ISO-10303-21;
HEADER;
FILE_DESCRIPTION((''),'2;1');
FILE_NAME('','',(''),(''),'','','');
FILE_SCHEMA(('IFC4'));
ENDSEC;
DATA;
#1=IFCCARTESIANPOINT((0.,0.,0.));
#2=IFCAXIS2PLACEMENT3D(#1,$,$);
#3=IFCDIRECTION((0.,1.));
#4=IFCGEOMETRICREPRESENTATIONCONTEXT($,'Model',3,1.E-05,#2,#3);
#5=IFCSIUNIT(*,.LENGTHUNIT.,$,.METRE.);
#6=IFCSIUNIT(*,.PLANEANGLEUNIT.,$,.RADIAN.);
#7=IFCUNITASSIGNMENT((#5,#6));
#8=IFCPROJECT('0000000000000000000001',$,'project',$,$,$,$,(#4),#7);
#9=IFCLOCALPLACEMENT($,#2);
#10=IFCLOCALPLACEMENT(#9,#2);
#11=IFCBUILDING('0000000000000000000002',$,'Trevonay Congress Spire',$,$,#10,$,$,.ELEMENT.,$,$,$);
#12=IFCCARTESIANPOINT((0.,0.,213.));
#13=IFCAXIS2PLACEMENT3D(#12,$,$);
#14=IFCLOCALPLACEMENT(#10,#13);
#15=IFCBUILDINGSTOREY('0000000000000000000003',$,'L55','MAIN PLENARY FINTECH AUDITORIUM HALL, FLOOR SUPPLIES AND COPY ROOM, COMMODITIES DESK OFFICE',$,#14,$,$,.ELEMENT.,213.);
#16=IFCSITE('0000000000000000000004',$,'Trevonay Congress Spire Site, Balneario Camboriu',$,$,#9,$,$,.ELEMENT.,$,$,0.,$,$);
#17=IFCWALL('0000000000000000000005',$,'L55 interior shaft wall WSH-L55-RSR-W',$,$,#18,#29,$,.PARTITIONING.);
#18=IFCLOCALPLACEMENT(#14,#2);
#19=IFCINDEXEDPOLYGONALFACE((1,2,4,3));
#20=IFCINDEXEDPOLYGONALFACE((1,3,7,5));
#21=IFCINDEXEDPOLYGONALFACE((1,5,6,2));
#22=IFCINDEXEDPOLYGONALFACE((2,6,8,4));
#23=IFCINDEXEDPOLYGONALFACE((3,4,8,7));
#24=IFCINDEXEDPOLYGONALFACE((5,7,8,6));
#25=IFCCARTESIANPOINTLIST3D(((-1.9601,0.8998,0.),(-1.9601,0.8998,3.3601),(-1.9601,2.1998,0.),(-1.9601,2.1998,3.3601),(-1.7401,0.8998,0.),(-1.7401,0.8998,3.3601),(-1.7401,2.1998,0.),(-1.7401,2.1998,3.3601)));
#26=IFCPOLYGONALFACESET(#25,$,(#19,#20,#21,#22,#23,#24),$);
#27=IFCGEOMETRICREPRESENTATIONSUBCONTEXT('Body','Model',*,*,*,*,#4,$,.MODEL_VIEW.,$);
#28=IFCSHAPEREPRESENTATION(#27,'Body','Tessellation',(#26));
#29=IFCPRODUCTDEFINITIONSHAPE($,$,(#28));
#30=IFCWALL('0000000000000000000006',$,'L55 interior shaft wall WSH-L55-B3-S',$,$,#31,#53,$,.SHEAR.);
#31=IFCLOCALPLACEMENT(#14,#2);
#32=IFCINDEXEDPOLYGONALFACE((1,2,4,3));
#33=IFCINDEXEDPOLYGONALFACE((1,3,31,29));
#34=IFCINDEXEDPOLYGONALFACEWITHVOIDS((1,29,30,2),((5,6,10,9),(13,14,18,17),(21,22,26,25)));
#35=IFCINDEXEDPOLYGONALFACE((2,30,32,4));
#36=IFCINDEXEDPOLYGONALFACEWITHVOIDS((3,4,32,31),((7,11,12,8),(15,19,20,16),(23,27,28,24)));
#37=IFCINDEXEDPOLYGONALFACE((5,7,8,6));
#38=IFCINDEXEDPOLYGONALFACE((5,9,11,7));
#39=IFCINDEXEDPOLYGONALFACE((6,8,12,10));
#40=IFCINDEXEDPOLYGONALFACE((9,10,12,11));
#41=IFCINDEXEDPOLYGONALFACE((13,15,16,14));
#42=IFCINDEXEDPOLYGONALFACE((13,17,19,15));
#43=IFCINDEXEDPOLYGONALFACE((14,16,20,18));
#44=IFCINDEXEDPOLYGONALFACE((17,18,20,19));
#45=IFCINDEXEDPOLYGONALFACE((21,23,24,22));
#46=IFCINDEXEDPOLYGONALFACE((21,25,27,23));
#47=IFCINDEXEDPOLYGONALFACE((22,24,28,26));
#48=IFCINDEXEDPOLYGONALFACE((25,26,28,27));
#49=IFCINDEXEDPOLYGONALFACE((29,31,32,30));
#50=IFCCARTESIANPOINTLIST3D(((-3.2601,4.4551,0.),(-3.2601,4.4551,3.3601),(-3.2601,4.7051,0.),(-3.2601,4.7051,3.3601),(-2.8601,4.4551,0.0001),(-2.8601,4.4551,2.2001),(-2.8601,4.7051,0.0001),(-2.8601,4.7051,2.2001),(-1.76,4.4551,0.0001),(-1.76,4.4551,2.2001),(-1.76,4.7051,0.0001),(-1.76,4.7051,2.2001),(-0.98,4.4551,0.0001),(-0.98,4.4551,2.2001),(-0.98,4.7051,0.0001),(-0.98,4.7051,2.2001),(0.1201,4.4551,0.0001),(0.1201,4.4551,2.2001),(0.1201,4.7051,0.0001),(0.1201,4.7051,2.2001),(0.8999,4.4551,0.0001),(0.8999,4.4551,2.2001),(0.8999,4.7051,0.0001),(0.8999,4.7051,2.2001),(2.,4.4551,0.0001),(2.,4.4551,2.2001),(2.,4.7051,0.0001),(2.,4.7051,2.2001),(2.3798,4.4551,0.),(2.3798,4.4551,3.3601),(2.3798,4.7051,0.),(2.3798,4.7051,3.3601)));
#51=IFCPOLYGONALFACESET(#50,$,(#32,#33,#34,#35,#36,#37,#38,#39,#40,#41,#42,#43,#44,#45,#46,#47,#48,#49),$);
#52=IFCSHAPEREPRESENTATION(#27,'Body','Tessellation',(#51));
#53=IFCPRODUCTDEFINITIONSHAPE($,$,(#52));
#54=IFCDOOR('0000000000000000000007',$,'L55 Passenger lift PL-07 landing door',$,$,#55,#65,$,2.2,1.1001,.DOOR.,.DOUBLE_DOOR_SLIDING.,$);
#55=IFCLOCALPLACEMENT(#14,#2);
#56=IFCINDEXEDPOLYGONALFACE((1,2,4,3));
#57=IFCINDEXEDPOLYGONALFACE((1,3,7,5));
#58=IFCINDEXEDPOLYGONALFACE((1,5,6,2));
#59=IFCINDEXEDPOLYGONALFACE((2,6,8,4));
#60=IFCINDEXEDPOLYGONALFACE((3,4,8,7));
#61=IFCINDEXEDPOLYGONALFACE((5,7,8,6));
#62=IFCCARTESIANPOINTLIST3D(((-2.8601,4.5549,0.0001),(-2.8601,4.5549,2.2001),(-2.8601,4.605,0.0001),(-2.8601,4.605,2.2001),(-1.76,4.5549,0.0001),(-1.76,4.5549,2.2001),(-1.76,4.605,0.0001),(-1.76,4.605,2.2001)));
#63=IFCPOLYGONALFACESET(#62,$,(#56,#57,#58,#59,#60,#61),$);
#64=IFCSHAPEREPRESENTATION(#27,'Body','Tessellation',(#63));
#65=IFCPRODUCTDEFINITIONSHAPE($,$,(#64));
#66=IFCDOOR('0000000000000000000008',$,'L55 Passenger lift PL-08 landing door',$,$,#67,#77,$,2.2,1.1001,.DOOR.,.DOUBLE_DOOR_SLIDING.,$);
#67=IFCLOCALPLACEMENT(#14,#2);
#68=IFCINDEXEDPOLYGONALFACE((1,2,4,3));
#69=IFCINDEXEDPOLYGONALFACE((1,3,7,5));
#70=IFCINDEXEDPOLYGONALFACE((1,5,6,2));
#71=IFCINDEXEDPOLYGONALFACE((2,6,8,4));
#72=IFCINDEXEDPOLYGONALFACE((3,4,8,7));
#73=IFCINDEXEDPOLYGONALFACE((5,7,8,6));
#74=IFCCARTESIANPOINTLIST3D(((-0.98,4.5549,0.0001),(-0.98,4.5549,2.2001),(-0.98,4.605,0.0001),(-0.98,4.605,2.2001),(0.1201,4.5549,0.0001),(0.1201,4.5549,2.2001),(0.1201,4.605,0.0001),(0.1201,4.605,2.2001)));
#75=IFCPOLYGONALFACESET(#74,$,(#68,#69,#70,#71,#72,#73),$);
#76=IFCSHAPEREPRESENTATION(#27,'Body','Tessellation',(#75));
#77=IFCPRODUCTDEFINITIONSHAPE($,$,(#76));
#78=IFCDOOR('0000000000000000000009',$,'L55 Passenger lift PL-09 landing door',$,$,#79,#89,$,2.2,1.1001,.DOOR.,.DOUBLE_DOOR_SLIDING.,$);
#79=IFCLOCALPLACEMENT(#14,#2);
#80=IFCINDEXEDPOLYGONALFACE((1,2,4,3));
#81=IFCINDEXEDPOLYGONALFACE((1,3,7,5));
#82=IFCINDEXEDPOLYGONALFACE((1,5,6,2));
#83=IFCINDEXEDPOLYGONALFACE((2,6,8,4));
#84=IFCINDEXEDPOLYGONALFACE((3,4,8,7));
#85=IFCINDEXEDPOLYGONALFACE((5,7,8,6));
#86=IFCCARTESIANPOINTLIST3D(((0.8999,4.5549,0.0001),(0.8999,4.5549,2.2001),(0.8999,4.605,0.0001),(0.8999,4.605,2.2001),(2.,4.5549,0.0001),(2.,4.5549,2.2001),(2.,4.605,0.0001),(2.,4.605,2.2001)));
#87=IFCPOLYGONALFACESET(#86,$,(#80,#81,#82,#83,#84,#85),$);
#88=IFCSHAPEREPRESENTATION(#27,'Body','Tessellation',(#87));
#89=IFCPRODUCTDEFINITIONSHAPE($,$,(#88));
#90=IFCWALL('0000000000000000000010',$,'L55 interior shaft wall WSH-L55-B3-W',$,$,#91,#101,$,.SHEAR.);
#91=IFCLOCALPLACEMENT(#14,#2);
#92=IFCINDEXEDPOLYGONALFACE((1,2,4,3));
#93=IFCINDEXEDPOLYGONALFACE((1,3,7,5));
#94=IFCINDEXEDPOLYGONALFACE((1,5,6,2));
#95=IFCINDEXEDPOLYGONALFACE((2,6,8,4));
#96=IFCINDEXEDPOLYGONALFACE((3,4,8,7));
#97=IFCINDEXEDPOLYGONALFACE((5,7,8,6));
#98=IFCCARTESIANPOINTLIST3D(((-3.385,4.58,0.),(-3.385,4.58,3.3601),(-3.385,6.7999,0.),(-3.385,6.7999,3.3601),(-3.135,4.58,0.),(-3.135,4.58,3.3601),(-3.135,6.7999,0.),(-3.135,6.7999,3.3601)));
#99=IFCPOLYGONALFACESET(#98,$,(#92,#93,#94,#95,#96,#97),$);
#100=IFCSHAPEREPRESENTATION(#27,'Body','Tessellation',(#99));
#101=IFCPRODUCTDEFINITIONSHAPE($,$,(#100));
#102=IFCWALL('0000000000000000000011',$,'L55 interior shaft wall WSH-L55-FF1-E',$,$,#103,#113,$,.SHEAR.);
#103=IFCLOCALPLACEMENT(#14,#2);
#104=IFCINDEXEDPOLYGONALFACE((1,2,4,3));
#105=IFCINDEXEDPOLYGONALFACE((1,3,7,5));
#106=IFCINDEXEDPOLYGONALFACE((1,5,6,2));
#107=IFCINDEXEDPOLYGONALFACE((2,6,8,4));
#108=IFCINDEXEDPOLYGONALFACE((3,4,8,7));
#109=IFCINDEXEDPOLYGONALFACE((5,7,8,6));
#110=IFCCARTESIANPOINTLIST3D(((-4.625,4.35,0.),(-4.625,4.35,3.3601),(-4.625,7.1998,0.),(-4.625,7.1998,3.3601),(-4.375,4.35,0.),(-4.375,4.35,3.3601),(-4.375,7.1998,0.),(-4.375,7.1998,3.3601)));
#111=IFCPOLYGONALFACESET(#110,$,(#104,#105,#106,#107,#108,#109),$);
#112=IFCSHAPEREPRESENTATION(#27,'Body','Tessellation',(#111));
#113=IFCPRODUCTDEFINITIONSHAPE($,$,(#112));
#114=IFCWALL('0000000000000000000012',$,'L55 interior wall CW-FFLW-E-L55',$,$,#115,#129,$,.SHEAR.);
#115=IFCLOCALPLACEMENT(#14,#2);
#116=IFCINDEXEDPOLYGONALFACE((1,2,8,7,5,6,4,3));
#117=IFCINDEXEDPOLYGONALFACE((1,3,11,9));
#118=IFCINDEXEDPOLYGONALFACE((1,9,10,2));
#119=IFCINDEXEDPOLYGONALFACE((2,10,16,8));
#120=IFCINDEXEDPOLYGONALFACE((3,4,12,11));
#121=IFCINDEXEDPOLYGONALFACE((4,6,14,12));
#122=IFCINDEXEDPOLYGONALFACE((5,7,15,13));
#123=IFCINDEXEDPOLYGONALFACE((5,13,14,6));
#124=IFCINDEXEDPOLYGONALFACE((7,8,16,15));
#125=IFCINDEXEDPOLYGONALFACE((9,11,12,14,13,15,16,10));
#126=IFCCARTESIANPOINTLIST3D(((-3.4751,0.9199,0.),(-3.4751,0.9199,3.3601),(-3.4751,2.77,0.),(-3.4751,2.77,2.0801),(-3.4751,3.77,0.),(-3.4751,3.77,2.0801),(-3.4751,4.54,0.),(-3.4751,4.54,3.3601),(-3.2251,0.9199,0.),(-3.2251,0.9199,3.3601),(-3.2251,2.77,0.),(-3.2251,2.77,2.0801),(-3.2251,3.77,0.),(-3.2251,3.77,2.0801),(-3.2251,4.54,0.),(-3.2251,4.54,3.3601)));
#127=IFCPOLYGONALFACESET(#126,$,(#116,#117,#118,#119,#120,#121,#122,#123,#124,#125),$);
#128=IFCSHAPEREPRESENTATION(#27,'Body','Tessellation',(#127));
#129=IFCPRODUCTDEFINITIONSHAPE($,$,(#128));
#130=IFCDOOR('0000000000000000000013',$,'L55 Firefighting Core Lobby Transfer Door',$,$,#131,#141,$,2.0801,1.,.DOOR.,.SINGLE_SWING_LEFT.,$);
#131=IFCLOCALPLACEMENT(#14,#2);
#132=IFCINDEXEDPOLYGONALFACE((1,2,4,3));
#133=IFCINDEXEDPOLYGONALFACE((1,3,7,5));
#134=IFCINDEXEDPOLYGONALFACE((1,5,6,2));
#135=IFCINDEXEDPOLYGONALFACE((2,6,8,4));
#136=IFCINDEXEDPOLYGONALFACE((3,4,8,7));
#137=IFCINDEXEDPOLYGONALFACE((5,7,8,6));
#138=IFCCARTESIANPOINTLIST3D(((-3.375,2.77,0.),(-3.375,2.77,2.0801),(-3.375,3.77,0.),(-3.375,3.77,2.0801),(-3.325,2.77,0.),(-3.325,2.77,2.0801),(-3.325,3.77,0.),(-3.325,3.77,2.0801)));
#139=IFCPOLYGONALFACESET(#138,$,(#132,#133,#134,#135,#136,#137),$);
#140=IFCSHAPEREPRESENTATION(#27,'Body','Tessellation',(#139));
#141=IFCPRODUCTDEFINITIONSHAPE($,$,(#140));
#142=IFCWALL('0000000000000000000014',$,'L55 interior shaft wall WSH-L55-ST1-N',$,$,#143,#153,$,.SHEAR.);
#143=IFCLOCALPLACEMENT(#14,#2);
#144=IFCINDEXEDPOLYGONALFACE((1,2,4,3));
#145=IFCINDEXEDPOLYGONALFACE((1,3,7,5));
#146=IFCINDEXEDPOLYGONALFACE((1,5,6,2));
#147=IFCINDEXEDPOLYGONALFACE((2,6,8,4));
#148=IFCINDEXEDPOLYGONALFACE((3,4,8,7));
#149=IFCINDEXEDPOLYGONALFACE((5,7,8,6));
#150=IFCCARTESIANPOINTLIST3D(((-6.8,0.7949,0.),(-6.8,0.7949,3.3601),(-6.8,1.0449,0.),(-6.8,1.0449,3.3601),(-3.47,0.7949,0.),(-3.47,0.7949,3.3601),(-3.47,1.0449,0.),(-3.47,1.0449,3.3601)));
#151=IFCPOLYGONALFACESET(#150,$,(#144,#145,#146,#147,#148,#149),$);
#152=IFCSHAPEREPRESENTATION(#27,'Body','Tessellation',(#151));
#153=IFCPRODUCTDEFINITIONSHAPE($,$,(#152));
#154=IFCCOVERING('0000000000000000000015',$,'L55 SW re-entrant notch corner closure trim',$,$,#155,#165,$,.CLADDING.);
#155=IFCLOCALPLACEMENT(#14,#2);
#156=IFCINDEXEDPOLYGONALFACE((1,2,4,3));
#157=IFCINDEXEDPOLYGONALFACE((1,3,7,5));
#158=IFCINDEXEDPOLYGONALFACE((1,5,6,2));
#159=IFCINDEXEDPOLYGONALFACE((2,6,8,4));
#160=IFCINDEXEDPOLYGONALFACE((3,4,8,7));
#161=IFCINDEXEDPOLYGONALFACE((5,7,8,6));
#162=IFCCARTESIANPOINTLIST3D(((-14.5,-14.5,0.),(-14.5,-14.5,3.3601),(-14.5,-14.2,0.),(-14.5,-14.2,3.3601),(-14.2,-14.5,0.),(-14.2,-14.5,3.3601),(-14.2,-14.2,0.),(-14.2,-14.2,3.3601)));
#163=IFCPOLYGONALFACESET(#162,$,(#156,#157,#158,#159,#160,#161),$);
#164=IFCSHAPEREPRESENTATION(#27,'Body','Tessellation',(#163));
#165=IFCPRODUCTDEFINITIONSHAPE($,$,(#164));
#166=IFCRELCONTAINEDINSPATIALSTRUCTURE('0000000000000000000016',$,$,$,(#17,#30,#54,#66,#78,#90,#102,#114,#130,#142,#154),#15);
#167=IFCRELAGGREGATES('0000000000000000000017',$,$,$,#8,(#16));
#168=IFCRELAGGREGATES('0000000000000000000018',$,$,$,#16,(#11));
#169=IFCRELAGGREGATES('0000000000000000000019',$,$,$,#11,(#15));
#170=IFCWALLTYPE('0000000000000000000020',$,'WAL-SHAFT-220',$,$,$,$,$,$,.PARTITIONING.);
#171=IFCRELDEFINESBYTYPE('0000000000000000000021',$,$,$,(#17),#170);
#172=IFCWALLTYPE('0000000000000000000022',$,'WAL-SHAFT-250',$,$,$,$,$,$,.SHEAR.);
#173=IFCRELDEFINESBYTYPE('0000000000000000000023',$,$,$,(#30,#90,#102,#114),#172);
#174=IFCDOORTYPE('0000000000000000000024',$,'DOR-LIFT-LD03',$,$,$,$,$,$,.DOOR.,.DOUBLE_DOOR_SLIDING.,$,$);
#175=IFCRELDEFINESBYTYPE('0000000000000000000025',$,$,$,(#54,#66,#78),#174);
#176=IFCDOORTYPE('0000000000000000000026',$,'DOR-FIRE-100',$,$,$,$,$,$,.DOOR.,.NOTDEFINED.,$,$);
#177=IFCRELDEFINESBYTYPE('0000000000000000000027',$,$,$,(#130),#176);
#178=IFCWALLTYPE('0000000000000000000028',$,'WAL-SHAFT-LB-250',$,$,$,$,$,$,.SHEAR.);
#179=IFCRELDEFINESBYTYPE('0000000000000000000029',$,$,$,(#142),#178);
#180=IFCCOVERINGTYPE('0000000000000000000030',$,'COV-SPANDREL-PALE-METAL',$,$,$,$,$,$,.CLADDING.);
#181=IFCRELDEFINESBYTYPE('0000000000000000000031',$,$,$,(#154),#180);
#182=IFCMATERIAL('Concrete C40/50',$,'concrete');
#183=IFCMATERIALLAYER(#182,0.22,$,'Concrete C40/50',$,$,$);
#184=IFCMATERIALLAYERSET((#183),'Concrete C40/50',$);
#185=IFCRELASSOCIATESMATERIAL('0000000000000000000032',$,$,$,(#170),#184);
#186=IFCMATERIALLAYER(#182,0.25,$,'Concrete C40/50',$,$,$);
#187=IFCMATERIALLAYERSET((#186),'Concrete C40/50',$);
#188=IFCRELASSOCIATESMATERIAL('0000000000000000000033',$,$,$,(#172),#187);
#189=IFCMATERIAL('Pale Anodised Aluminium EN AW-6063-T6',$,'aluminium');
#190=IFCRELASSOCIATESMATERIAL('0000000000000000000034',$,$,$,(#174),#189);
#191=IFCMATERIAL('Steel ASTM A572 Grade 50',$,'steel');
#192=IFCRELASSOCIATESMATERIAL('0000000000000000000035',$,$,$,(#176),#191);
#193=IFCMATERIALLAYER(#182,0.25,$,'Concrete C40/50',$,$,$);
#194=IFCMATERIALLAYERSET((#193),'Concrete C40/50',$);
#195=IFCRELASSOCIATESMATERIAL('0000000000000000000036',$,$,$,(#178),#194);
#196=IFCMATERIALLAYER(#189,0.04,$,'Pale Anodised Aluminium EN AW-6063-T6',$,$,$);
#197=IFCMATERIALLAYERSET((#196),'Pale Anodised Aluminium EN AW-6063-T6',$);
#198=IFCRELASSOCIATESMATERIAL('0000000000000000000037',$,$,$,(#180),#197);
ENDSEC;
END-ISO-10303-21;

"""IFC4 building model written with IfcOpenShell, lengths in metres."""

from ifc_helpers import new_model, si_unit, direction, frame, frame_2d, origin, place, context, subcontext, project, spatial, polyline, rectangle, outline, extrude, material, layer, layer_set, type_object, element, fill, save


model = new_model("IFC4")

# Units and contexts
model_context = context("Model", 3, precision=1e-05, world=origin(), true_north=direction((0.0, 1.0)))
body_context = subcontext(model_context, "Body", "Model", "MODEL_VIEW")
ifc_project = project(units=[si_unit("LENGTHUNIT", "METRE"), si_unit("PLANEANGLEUNIT", "RADIAN")], contexts=[model_context])

# Site, building, storey
site_placement = place(None, origin())
site = spatial("IfcSite", under=ifc_project, at=site_placement, Name="Trevonay Congress Spire Site, Balneario Camboriu", CompositionType="ELEMENT", RefElevation=0.0)
building_placement = place(site_placement, origin())
building = spatial("IfcBuilding", under=site, at=building_placement, Name="Trevonay Congress Spire", CompositionType="ELEMENT")
storey_placement = place(building_placement, frame((0.0, 0.0, 213.0)))
storey = spatial("IfcBuildingStorey", under=building, at=storey_placement, Name="L55", Description="MAIN PLENARY FINTECH AUDITORIUM HALL, FLOOR SUPPLIES AND COPY ROOM, COMMODITIES DESK OFFICE", CompositionType="ELEMENT", Elevation=213.0)

# Shared definitions
ifc_material_1 = material(Name="Steel ASTM A572 Grade 50", Category="steel")

# Shared definitions
ifc_material_2 = material(Name="Concrete C40/50", Category="concrete")

# Wall
ifc_layer_1 = layer(ifc_material_2, 0.22, Name="Concrete C40/50")
ifc_layer_set_1 = layer_set([ifc_layer_1], Name="Concrete C40/50")
wall_type_1 = type_object("IfcWallType", Name="WAL-SHAFT-220", PredefinedType="PARTITIONING", material=ifc_layer_set_1)
for number, where, z_axis, x_axis, name in (
    (1, (-1.8501, 0.8999, 0.0), (0.0, 0.0, 1.0), (0.0, 1.0, 0.0), "L55 interior shaft wall WSH-L55-RSR-W"),
):
    element("IfcWall", number, at=place(storey_placement, frame(where, z_axis=z_axis, x_axis=x_axis)), inside=storey, type_object=wall_type_1, Name=name, PredefinedType="PARTITIONING", context=body_context, shape_type="SweptSolid", body=[
        extrude(rectangle(XDim=1.3, YDim=0.22, at=frame_2d((0.6499, 0.0))), origin(), (0.0, 0.0, 1.0), 3.3601),
    ])

# Wall, openings, doors
ifc_layer_2 = layer(ifc_material_2, 0.25, Name="Concrete C40/50")
ifc_layer_set_2 = layer_set([ifc_layer_2], Name="Concrete C40/50")
wall_type_2 = type_object("IfcWallType", Name="WAL-SHAFT-250", PredefinedType="SHEAR", material=ifc_layer_set_2)
wall_1_placement = place(storey_placement, frame((-3.26, 4.5801, 0.0), z_axis=(0.0, 0.0, 1.0), x_axis=(1.0, 0.0, 0.0)))
wall_1 = element("IfcWall", 2, at=wall_1_placement, inside=storey, type_object=wall_type_2, Name="L55 interior shaft wall WSH-L55-B3-S", PredefinedType="SHEAR", context=body_context, shape_type="SweptSolid", body=[
    extrude(rectangle(XDim=5.6399, YDim=0.25, at=frame_2d((2.8198, 0.0))), origin(), (0.0, 0.0, 1.0), 3.3601),
])
opening_1_placement = place(wall_1_placement, frame((0.3999, 0.0, 0.0)))
opening_1 = element("IfcOpeningElement", 3, at=opening_1_placement, cuts=wall_1, PredefinedType="OPENING", context=body_context, shape_type="SweptSolid", body=[
    extrude(rectangle(XDim=1.1001, YDim=2.2, at=frame_2d((0.55, 1.1001))), frame((0.0, 0.135, 0.0), z_axis=(0.0, -1.0, 0.0), x_axis=(1.0, 0.0, 0.0)), (0.0, 0.0, 1.0), 0.27),
])
opening_2_placement = place(wall_1_placement, frame((2.28, 0.0, 0.0)))
opening_2 = element("IfcOpeningElement", 4, at=opening_2_placement, cuts=wall_1, PredefinedType="OPENING", context=body_context, shape_type="SweptSolid", body=[
    extrude(rectangle(XDim=1.1001, YDim=2.2, at=frame_2d((0.55, 1.1001))), frame((0.0, 0.135, 0.0), z_axis=(0.0, -1.0, 0.0), x_axis=(1.0, 0.0, 0.0)), (0.0, 0.0, 1.0), 0.27),
])
opening_3_placement = place(wall_1_placement, frame((4.1599, 0.0, 0.0)))
opening_3 = element("IfcOpeningElement", 5, at=opening_3_placement, cuts=wall_1, PredefinedType="OPENING", context=body_context, shape_type="SweptSolid", body=[
    extrude(rectangle(XDim=1.1001, YDim=2.2, at=frame_2d((0.55, 1.1001))), frame((0.0, 0.135, 0.0), z_axis=(0.0, -1.0, 0.0), x_axis=(1.0, 0.0, 0.0)), (0.0, 0.0, 1.0), 0.27),
])
ifc_material_3 = material(Name="Pale Anodised Aluminium EN AW-6063-T6", Category="aluminium")
door_type_1 = type_object("IfcDoorType", Name="DOR-LIFT-LD03", OperationType="DOUBLE_DOOR_SLIDING", PredefinedType="DOOR", material=ifc_material_3)
door_1_placement = place(opening_1_placement, origin())
door_1 = element("IfcDoor", 6, at=door_1_placement, inside=storey, type_object=door_type_1, Name="L55 Passenger lift PL-07 landing door", OperationType="DOUBLE_DOOR_SLIDING", OverallHeight=2.2, OverallWidth=1.1001, PredefinedType="DOOR", context=body_context, shape_type="SweptSolid", body=[
    extrude(rectangle(XDim=1.1001, YDim=2.2, at=frame_2d((0.55, 1.1001))), frame((0.0, 0.0249, 0.0), z_axis=(0.0, -1.0, 0.0), x_axis=(1.0, 0.0, 0.0)), (0.0, 0.0, 1.0), 0.05),
])
fill(opening_1, door_1)
door_2_placement = place(opening_2_placement, origin())
door_2 = element("IfcDoor", 7, at=door_2_placement, inside=storey, type_object=door_type_1, Name="L55 Passenger lift PL-08 landing door", OperationType="DOUBLE_DOOR_SLIDING", OverallHeight=2.2, OverallWidth=1.1001, PredefinedType="DOOR", context=body_context, shape_type="SweptSolid", body=[
    extrude(rectangle(XDim=1.1001, YDim=2.2, at=frame_2d((0.55, 1.1001))), frame((0.0, 0.0249, 0.0), z_axis=(0.0, -1.0, 0.0), x_axis=(1.0, 0.0, 0.0)), (0.0, 0.0, 1.0), 0.05),
])
fill(opening_2, door_2)
door_3_placement = place(opening_3_placement, origin())
door_3 = element("IfcDoor", 8, at=door_3_placement, inside=storey, type_object=door_type_1, Name="L55 Passenger lift PL-09 landing door", OperationType="DOUBLE_DOOR_SLIDING", OverallHeight=2.2, OverallWidth=1.1001, PredefinedType="DOOR", context=body_context, shape_type="SweptSolid", body=[
    extrude(rectangle(XDim=1.1001, YDim=2.2, at=frame_2d((0.55, 1.1001))), frame((0.0, 0.0249, 0.0), z_axis=(0.0, -1.0, 0.0), x_axis=(1.0, 0.0, 0.0)), (0.0, 0.0, 1.0), 0.05),
])
fill(opening_3, door_3)

# Walls
wall_2_placement = place(storey_placement, frame((-3.26, 4.5801, 0.0), z_axis=(0.0, 0.0, 1.0), x_axis=(0.0, 1.0, 0.0)))
element("IfcWall", 9, at=wall_2_placement, inside=storey, type_object=wall_type_2, Name="L55 interior shaft wall WSH-L55-B3-W", PredefinedType="SHEAR", context=body_context, shape_type="SweptSolid", body=[
    extrude(rectangle(XDim=2.22, YDim=0.25, at=frame_2d((1.1099, 0.0))), origin(), (0.0, 0.0, 1.0), 3.3601),
])
wall_3_placement = place(storey_placement, frame((-4.5, 4.3501, 0.0), z_axis=(0.0, 0.0, 1.0), x_axis=(0.0, 1.0, 0.0)))
element("IfcWall", 10, at=wall_3_placement, inside=storey, type_object=wall_type_2, Name="L55 interior shaft wall WSH-L55-FF1-E", PredefinedType="SHEAR", context=body_context, shape_type="SweptSolid", body=[
    extrude(rectangle(XDim=2.8499, YDim=0.25, at=frame_2d((1.4248, 0.0))), origin(), (0.0, 0.0, 1.0), 3.3601),
])

# Wall, opening, door
wall_4_placement = place(storey_placement, frame((-3.3501, 0.9199, 0.0), z_axis=(0.0, 0.0, 1.0), x_axis=(0.0, 1.0, 0.0)))
wall_4 = element("IfcWall", 11, at=wall_4_placement, inside=storey, type_object=wall_type_2, Name="L55 interior wall CW-FFLW-E-L55", PredefinedType="SHEAR", context=body_context, shape_type="SweptSolid", body=[
    extrude(rectangle(XDim=3.6201, YDim=0.25, at=frame_2d((1.8101, 0.0))), origin(), (0.0, 0.0, 1.0), 3.3601),
])
opening_4_placement = place(wall_4_placement, frame((1.8501, 0.0, 0.0)))
opening_4 = element("IfcOpeningElement", 12, at=opening_4_placement, cuts=wall_4, PredefinedType="OPENING", context=body_context, shape_type="SweptSolid", body=[
    extrude(rectangle(XDim=1.0, YDim=2.0801, at=frame_2d((0.5, 1.04))), frame((0.0, 0.135, 0.0), z_axis=(0.0, -1.0, 0.0), x_axis=(1.0, 0.0, 0.0)), (0.0, 0.0, 1.0), 0.27),
])
door_type_2 = type_object("IfcDoorType", Name="DOR-FIRE-100", OperationType="NOTDEFINED", PredefinedType="DOOR", material=ifc_material_1)
door_4_placement = place(opening_4_placement, origin())
door_4 = element("IfcDoor", 13, at=door_4_placement, inside=storey, type_object=door_type_2, Name="L55 Firefighting Core Lobby Transfer Door", OperationType="SINGLE_SWING_LEFT", OverallHeight=2.0801, OverallWidth=1.0, PredefinedType="DOOR", context=body_context, shape_type="SweptSolid", body=[
    extrude(rectangle(XDim=1.0, YDim=2.0801, at=frame_2d((0.5, 1.04))), frame((0.0, 0.0249, 0.0), z_axis=(0.0, -1.0, 0.0), x_axis=(1.0, 0.0, 0.0)), (0.0, 0.0, 1.0), 0.05),
])
fill(opening_4, door_4)

# Wall
ifc_layer_3 = layer(ifc_material_2, 0.25, Name="Concrete C40/50")
ifc_layer_set_3 = layer_set([ifc_layer_3], Name="Concrete C40/50")
wall_type_3 = type_object("IfcWallType", Name="WAL-SHAFT-LB-250", PredefinedType="SHEAR", material=ifc_layer_set_3)
wall_5_placement = place(storey_placement, frame((-6.8, 0.9199, 0.0), z_axis=(0.0, 0.0, 1.0), x_axis=(1.0, 0.0, 0.0)))
element("IfcWall", 14, at=wall_5_placement, inside=storey, type_object=wall_type_3, Name="L55 interior shaft wall WSH-L55-ST1-N", PredefinedType="SHEAR", context=body_context, shape_type="SweptSolid", body=[
    extrude(rectangle(XDim=3.3301, YDim=0.25, at=frame_2d((1.665, 0.0))), origin(), (0.0, 0.0, 1.0), 3.3601),
])

# Covering
ifc_layer_4 = layer(ifc_material_3, 0.04, Name="Pale Anodised Aluminium EN AW-6063-T6")
ifc_layer_set_4 = layer_set([ifc_layer_4], Name="Pale Anodised Aluminium EN AW-6063-T6")
covering_type = type_object("IfcCoveringType", Name="COV-SPANDREL-PALE-METAL", PredefinedType="CLADDING", material=ifc_layer_set_4)
covering_1_placement = place(storey_placement, origin())
element("IfcCovering", 15, at=covering_1_placement, inside=storey, type_object=covering_type, Name="L55 SW re-entrant notch corner closure trim", PredefinedType="CLADDING", context=body_context, shape_type="SweptSolid", body=[
    extrude(outline(polyline([(-14.5, -14.5), (-14.2, -14.5), (-14.2, -14.2), (-14.5, -14.2), (-14.5, -14.5)])), origin(), (0.0, 0.0, 1.0), 3.3601),
])

save(model, "model.ifc")
